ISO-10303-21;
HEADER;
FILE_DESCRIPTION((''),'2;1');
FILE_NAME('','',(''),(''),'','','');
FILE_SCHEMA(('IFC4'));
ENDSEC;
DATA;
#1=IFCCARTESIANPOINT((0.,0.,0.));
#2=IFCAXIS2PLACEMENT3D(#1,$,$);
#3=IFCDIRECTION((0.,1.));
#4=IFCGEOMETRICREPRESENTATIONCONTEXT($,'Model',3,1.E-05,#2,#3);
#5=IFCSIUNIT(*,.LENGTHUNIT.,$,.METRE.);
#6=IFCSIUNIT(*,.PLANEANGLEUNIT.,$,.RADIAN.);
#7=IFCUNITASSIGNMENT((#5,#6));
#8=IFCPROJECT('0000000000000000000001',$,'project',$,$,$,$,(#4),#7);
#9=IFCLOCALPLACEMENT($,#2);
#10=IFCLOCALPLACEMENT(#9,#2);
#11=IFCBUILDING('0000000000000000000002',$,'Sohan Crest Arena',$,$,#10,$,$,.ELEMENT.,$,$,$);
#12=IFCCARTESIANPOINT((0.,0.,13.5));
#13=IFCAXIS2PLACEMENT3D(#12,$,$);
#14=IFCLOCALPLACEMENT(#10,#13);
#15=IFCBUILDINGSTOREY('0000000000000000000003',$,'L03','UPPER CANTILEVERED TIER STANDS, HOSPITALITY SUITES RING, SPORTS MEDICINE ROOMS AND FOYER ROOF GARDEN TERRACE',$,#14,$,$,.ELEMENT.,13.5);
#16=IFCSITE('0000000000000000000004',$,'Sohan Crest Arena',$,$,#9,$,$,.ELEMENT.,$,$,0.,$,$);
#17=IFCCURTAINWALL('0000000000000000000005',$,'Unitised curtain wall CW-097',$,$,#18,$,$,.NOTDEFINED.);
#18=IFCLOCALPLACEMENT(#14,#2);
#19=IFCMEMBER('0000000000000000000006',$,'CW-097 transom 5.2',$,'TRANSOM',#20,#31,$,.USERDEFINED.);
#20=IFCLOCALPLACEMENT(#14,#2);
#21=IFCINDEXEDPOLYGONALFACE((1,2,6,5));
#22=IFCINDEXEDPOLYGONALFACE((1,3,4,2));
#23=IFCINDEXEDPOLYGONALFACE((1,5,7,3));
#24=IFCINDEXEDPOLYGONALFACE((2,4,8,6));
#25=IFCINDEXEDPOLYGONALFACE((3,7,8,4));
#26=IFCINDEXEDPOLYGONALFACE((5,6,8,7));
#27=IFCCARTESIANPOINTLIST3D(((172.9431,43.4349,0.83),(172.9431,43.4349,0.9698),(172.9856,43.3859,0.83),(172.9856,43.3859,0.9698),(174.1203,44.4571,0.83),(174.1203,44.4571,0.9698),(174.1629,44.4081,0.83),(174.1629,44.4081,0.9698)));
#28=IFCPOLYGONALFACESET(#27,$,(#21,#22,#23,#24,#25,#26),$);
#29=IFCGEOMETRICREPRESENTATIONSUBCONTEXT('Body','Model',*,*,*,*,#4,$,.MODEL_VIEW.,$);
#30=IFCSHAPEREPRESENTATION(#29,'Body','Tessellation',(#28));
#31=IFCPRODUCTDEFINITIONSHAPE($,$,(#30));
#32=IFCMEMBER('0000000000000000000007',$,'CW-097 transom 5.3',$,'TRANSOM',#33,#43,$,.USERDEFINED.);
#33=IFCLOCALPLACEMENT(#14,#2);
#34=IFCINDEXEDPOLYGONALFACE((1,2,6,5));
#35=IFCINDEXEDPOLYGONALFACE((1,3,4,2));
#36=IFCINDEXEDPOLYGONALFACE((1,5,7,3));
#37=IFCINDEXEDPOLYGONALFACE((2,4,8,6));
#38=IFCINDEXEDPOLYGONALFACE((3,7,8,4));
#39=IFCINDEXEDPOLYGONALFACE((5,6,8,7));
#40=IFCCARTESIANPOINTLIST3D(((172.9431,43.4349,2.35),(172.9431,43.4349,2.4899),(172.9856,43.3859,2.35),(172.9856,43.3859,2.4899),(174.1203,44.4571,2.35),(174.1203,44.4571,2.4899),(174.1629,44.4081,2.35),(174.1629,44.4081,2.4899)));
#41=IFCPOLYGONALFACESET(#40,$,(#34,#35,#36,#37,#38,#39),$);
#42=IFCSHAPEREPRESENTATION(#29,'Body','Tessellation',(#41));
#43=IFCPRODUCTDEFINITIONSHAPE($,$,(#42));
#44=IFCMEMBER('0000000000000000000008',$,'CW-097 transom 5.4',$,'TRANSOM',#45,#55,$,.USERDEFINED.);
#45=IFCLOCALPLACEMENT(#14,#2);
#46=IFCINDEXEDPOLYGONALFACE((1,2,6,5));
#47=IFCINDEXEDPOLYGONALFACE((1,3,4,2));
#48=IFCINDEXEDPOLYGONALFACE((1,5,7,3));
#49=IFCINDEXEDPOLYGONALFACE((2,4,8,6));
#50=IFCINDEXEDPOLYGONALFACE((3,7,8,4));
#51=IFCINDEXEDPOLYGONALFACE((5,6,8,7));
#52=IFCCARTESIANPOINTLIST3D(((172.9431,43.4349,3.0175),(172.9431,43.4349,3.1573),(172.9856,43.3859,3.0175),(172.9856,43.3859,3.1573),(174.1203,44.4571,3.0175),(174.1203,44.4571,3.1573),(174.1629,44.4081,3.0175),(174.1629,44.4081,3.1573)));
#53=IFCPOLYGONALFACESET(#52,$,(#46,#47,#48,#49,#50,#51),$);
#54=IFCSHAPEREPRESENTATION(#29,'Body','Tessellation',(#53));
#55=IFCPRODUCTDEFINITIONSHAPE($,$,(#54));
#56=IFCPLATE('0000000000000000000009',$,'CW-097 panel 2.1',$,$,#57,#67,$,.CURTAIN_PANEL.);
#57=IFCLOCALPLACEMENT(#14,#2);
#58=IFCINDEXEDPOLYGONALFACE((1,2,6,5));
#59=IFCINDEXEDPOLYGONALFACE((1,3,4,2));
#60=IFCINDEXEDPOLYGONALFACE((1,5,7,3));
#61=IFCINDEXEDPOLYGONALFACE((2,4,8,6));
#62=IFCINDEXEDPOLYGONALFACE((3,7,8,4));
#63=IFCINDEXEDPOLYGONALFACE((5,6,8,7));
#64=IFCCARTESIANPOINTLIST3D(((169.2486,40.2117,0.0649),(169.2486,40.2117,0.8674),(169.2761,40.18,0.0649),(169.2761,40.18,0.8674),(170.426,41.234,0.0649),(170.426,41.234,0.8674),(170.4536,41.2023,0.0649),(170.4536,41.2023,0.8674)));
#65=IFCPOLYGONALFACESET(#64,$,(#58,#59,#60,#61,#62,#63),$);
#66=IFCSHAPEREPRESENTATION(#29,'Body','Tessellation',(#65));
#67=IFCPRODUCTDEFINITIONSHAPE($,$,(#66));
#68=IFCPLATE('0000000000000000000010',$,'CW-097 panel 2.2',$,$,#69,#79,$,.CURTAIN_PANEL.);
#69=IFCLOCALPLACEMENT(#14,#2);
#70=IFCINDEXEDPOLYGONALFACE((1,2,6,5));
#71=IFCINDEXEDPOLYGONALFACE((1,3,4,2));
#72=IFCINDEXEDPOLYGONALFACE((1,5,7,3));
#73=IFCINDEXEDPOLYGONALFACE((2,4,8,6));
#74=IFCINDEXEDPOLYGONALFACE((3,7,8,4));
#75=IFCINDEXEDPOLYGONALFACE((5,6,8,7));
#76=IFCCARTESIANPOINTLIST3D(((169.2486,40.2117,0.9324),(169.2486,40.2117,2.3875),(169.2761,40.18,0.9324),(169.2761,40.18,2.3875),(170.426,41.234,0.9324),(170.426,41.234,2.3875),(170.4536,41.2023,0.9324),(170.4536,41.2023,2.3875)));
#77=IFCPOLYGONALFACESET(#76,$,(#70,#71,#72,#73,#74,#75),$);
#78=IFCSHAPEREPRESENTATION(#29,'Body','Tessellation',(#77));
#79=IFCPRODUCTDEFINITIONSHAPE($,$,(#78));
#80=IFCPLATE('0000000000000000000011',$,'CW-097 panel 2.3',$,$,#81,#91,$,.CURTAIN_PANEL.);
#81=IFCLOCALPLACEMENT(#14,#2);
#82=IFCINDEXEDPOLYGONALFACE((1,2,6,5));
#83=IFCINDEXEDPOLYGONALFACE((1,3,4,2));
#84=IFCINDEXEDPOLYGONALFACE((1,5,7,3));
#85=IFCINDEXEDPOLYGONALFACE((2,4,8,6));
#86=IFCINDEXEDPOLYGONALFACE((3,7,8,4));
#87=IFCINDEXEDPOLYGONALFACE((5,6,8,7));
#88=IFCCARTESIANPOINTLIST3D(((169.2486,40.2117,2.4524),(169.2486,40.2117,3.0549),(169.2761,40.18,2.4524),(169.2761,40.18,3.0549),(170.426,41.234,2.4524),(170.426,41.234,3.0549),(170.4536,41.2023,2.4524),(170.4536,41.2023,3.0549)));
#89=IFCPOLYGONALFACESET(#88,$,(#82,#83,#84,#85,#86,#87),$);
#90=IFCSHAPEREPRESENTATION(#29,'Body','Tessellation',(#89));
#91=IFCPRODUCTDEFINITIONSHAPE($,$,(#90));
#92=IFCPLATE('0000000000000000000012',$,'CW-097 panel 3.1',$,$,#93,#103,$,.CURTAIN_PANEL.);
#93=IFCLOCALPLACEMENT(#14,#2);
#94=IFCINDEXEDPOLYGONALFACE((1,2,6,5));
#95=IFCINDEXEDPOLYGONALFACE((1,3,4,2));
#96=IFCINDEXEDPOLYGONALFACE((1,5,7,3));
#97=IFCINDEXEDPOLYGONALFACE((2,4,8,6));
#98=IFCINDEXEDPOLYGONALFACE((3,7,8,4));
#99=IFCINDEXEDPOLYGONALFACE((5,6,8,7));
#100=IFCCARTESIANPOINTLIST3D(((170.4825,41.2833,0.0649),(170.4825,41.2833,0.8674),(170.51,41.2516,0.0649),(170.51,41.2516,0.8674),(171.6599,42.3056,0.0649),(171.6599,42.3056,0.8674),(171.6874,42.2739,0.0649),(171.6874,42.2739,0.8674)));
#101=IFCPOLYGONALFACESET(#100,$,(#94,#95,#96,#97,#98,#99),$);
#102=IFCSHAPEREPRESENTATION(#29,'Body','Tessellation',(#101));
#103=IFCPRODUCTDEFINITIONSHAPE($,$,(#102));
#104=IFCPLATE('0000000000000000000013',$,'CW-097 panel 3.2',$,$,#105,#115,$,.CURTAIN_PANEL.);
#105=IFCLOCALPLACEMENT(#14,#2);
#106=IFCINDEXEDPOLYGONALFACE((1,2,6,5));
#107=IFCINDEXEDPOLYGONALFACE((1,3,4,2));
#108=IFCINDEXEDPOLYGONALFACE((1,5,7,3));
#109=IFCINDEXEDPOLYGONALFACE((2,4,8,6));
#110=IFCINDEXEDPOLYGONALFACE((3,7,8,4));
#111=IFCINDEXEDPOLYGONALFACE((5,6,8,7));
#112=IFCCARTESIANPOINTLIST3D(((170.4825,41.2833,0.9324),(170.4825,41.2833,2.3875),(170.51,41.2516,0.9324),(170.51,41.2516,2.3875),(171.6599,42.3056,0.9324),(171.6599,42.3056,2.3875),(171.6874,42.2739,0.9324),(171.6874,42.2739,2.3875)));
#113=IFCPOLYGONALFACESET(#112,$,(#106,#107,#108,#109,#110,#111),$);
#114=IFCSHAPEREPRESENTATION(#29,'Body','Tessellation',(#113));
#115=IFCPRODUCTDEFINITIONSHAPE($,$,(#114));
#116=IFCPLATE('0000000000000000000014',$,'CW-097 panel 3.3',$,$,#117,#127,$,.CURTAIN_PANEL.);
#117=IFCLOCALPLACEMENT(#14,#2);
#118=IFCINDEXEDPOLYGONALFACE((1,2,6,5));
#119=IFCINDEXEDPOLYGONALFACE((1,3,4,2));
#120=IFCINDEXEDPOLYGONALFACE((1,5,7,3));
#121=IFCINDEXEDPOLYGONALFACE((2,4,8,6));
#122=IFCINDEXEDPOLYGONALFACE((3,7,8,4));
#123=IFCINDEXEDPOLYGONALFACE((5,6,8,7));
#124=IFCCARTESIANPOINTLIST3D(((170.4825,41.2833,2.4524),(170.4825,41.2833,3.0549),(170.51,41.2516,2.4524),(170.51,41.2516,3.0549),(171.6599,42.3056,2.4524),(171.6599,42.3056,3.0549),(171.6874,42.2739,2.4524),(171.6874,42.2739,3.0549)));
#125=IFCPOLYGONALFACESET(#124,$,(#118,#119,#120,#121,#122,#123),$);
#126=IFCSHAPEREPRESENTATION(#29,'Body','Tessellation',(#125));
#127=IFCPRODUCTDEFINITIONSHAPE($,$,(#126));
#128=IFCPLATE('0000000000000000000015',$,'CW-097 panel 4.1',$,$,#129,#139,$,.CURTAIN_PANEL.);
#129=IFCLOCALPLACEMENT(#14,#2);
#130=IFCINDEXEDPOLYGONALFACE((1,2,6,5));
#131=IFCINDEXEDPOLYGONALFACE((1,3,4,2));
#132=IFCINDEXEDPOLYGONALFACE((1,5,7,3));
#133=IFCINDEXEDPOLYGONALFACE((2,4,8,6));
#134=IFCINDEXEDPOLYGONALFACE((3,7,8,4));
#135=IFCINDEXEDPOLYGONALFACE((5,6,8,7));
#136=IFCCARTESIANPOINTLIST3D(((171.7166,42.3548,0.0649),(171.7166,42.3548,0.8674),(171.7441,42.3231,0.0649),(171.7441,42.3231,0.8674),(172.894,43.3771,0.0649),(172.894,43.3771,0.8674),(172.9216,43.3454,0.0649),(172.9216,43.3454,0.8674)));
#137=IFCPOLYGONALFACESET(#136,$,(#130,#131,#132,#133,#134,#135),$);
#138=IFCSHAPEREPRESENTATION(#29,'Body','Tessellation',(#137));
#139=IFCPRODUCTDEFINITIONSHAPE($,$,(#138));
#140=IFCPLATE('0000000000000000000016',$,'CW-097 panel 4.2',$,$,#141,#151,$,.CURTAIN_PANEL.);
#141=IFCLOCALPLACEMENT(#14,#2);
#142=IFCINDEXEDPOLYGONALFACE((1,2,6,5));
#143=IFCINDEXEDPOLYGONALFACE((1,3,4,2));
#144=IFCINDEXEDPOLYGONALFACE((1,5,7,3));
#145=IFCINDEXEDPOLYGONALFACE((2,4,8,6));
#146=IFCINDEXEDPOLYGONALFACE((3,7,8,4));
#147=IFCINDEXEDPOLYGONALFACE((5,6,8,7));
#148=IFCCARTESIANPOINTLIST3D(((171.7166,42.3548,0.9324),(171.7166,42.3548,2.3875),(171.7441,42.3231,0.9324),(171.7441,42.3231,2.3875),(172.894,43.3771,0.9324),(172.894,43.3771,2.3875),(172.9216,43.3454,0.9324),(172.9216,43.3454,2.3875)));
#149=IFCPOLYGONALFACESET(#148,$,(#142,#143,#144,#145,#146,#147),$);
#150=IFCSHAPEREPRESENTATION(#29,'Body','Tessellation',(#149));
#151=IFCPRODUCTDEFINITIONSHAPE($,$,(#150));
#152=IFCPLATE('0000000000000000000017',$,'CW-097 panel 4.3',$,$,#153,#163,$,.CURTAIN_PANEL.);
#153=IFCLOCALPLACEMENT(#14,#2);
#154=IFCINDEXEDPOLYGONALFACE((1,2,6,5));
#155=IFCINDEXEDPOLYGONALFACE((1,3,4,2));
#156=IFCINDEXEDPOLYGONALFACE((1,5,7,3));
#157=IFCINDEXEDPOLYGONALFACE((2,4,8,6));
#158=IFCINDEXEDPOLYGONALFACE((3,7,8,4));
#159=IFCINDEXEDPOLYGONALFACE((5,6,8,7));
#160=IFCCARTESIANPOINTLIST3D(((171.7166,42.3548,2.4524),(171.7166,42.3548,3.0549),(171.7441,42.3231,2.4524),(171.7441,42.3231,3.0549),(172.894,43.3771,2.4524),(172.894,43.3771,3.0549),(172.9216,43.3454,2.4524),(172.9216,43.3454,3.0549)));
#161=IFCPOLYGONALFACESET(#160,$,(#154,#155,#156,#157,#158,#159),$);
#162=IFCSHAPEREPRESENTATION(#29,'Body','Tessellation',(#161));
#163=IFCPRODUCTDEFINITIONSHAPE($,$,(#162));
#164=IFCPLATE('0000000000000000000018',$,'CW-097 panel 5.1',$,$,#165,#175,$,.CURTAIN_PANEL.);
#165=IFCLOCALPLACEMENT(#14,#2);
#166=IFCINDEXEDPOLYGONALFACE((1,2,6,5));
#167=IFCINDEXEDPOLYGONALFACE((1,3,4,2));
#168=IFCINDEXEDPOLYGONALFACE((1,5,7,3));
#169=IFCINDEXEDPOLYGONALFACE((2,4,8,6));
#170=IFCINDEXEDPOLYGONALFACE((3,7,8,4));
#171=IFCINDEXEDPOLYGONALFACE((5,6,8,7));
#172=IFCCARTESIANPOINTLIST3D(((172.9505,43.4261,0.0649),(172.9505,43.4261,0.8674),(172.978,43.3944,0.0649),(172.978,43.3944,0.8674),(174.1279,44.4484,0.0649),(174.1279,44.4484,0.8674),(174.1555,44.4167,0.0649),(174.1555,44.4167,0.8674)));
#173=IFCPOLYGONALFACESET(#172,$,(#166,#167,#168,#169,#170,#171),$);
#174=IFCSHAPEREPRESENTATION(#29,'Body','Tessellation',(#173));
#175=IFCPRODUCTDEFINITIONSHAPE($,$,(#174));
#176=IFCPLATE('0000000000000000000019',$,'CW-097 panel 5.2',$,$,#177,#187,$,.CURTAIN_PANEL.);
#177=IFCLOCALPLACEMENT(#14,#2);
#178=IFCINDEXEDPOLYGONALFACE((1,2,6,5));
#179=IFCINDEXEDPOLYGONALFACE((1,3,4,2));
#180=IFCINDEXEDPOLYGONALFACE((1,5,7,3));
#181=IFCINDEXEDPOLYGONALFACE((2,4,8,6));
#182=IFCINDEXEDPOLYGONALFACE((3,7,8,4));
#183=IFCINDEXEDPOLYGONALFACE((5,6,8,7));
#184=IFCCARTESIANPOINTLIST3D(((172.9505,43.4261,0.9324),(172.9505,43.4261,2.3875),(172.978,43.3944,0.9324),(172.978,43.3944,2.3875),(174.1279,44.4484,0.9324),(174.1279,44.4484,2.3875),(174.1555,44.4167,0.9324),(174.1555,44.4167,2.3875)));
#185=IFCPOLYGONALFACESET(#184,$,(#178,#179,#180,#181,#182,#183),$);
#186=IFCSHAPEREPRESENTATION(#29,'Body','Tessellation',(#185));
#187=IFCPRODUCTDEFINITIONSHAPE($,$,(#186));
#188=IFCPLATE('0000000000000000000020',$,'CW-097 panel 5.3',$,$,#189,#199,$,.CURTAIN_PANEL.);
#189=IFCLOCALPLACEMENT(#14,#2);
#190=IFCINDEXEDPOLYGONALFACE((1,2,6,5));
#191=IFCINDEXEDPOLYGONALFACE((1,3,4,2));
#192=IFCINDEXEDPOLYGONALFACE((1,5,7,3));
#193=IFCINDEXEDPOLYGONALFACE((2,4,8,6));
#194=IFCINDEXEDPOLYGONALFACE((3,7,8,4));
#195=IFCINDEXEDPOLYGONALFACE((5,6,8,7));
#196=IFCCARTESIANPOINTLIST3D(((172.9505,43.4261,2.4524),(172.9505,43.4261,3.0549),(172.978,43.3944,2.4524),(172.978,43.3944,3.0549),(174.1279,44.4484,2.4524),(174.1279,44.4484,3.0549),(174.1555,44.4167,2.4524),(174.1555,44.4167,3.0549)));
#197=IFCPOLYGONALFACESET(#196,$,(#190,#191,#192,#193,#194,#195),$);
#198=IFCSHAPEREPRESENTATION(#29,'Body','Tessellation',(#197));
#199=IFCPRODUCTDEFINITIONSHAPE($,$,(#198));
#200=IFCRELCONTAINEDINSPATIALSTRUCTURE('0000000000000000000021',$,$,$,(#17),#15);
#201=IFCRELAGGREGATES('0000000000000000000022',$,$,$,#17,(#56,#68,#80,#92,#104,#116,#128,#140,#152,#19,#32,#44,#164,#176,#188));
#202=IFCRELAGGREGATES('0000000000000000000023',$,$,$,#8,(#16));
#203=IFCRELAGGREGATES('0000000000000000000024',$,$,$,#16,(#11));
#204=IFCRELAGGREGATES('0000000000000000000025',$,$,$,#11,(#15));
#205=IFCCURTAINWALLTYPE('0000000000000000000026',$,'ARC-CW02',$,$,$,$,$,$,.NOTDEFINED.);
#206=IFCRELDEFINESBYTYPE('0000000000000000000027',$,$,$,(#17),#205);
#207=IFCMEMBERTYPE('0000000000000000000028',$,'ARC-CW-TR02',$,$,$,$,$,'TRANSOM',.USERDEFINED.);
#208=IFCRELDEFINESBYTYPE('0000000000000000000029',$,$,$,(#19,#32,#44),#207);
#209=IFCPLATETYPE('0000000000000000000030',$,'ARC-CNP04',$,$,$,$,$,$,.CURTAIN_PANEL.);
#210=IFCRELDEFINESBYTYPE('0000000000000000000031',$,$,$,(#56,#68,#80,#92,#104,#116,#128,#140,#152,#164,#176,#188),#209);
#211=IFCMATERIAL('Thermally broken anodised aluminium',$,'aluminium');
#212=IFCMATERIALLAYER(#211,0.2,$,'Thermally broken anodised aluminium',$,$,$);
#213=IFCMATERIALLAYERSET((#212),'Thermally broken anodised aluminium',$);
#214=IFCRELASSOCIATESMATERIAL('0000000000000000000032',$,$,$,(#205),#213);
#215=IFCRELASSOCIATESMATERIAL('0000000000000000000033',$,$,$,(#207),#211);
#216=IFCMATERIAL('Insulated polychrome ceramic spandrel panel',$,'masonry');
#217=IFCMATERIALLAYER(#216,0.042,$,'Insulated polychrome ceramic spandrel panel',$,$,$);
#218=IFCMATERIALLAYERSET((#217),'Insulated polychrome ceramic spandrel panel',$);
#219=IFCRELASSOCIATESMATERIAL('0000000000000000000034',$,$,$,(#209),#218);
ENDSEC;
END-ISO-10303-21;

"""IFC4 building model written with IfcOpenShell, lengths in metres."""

from ifc_helpers import new_model, si_unit, direction, frame, origin, origin_2d, place, context, subcontext, project, spatial, rectangle, extrude, material, layer, layer_set, material_profile, profile_set, type_object, element, aggregate, save


model = new_model("IFC4")

# Units and contexts
model_context = context("Model", 3, precision=1e-05, world=origin(), true_north=direction((0.0, 1.0)))
body_context = subcontext(model_context, "Body", "Model", "MODEL_VIEW")
ifc_project = project(units=[si_unit("LENGTHUNIT", "METRE"), si_unit("PLANEANGLEUNIT", "RADIAN")], contexts=[model_context])

# Site, building, storey
site_placement = place(None, origin())
site = spatial("IfcSite", under=ifc_project, at=site_placement, Name="Sohan Crest Arena", CompositionType="ELEMENT", RefElevation=0.0)
building_placement = place(site_placement, origin())
building = spatial("IfcBuilding", under=site, at=building_placement, Name="Sohan Crest Arena", CompositionType="ELEMENT")
storey_placement = place(building_placement, frame((0.0, 0.0, 13.5)))
storey = spatial("IfcBuildingStorey", under=building, at=storey_placement, Name="L03", Description="UPPER CANTILEVERED TIER STANDS, HOSPITALITY SUITES RING, SPORTS MEDICINE ROOMS AND FOYER ROOF GARDEN TERRACE", CompositionType="ELEMENT", Elevation=13.5)

# Curtain wall, members, plates
ifc_material_1 = material(Name="Thermally broken anodised aluminium", Category="aluminium")
ifc_layer_1 = layer(ifc_material_1, 0.2, Name="Thermally broken anodised aluminium")
ifc_layer_set_1 = layer_set([ifc_layer_1], Name="Thermally broken anodised aluminium")
curtain_wall_type = type_object("IfcCurtainWallType", Name="ARC-CW02", PredefinedType="NOTDEFINED", material=ifc_layer_set_1)
curtain_wall_placement = place(storey_placement, origin())
curtain_wall = element("IfcCurtainWall", 1, at=curtain_wall_placement, inside=storey, type_object=curtain_wall_type, Name="Unitised curtain wall CW-097", PredefinedType="NOTDEFINED")
ifc_material_profile_1 = material_profile(ifc_material_1, rectangle(XDim=0.0649, YDim=0.1399, at=origin_2d()), Name="ALU-TRAN 65x140")
ifc_profile_set_1 = profile_set([ifc_material_profile_1], Name="Thermally broken anodised aluminium")
member_type_1 = type_object("IfcMemberType", Name="ARC-CW-TR02", ElementType="TRANSOM", PredefinedType="USERDEFINED", material=ifc_profile_set_1)
member_1_placement = place(storey_placement, frame((172.9644, 43.4104, 0.8999), z_axis=(0.755074, 0.65564, 0.0), x_axis=(-0.65564, 0.755074, 0.0)))
member_1 = element("IfcMember", 2, at=member_1_placement, type_object=member_type_1, Name="CW-097 transom 5.2", ObjectType="TRANSOM", PredefinedType="USERDEFINED", context=body_context, shape_type="SweptSolid", body=[
    extrude(rectangle(XDim=0.0649, YDim=0.1399, at=origin_2d()), origin(), (0.0, 0.0, 1.0), 1.5591),
])
member_2_placement = place(storey_placement, frame((172.9644, 43.4104, 2.4199), z_axis=(0.755074, 0.65564, 0.0), x_axis=(-0.65564, 0.755074, 0.0)))
member_2 = element("IfcMember", 3, at=member_2_placement, type_object=member_type_1, Name="CW-097 transom 5.3", ObjectType="TRANSOM", PredefinedType="USERDEFINED", context=body_context, shape_type="SweptSolid", body=[
    extrude(rectangle(XDim=0.0649, YDim=0.1399, at=origin_2d()), origin(), (0.0, 0.0, 1.0), 1.5591),
])
member_3_placement = place(storey_placement, frame((172.9644, 43.4104, 3.0874), z_axis=(0.755074, 0.65564, 0.0), x_axis=(-0.65564, 0.755074, 0.0)))
member_3 = element("IfcMember", 4, at=member_3_placement, type_object=member_type_1, Name="CW-097 transom 5.4", ObjectType="TRANSOM", PredefinedType="USERDEFINED", context=body_context, shape_type="SweptSolid", body=[
    extrude(rectangle(XDim=0.0649, YDim=0.1399, at=origin_2d()), origin(), (0.0, 0.0, 1.0), 1.5591),
])
ifc_material_2 = material(Name="Insulated polychrome ceramic spandrel panel", Category="masonry")
ifc_layer_2 = layer(ifc_material_2, 0.042, Name="Insulated polychrome ceramic spandrel panel")
ifc_layer_set_2 = layer_set([ifc_layer_2], Name="Insulated polychrome ceramic spandrel panel")
plate_type = type_object("IfcPlateType", Name="ARC-CNP04", PredefinedType="CURTAIN_PANEL", material=ifc_layer_set_2)
plate_1_placement = place(storey_placement, frame((169.8511, 40.707, 0.0649), z_axis=(0.0, 0.0, 1.0), x_axis=(0.755095, 0.655616, 0.0)))
plate_1 = element("IfcPlate", 5, at=plate_1_placement, type_object=plate_type, Name="CW-097 panel 2.1", PredefinedType="CURTAIN_PANEL", context=body_context, shape_type="SweptSolid", body=[
    extrude(rectangle(XDim=1.5593, YDim=0.042, at=origin_2d()), origin(), (0.0, 0.0, 1.0), 0.8025),
])
plate_2_placement = place(storey_placement, frame((169.8511, 40.707, 0.9324), z_axis=(0.0, 0.0, 1.0), x_axis=(0.755095, 0.655616, 0.0)))
plate_2 = element("IfcPlate", 6, at=plate_2_placement, type_object=plate_type, Name="CW-097 panel 2.2", PredefinedType="CURTAIN_PANEL", context=body_context, shape_type="SweptSolid", body=[
    extrude(rectangle(XDim=1.5593, YDim=0.042, at=origin_2d()), origin(), (0.0, 0.0, 1.0), 1.4551),
])
plate_3_placement = place(storey_placement, frame((169.8511, 40.707, 2.4524), z_axis=(0.0, 0.0, 1.0), x_axis=(0.755095, 0.655616, 0.0)))
plate_3 = element("IfcPlate", 7, at=plate_3_placement, type_object=plate_type, Name="CW-097 panel 2.3", PredefinedType="CURTAIN_PANEL", context=body_context, shape_type="SweptSolid", body=[
    extrude(rectangle(XDim=1.5593, YDim=0.042, at=origin_2d()), origin(), (0.0, 0.0, 1.0), 0.6025),
])
plate_4_placement = place(storey_placement, frame((171.085, 41.7786, 0.0649), z_axis=(0.0, 0.0, 1.0), x_axis=(0.755095, 0.655616, 0.0)))
plate_4 = element("IfcPlate", 8, at=plate_4_placement, type_object=plate_type, Name="CW-097 panel 3.1", PredefinedType="CURTAIN_PANEL", context=body_context, shape_type="SweptSolid", body=[
    extrude(rectangle(XDim=1.5593, YDim=0.042, at=origin_2d()), origin(), (0.0, 0.0, 1.0), 0.8025),
])
plate_5_placement = place(storey_placement, frame((171.085, 41.7786, 0.9324), z_axis=(0.0, 0.0, 1.0), x_axis=(0.755095, 0.655616, 0.0)))
plate_5 = element("IfcPlate", 9, at=plate_5_placement, type_object=plate_type, Name="CW-097 panel 3.2", PredefinedType="CURTAIN_PANEL", context=body_context, shape_type="SweptSolid", body=[
    extrude(rectangle(XDim=1.5593, YDim=0.042, at=origin_2d()), origin(), (0.0, 0.0, 1.0), 1.4551),
])
plate_6_placement = place(storey_placement, frame((171.085, 41.7786, 2.4524), z_axis=(0.0, 0.0, 1.0), x_axis=(0.755095, 0.655616, 0.0)))
plate_6 = element("IfcPlate", 10, at=plate_6_placement, type_object=plate_type, Name="CW-097 panel 3.3", PredefinedType="CURTAIN_PANEL", context=body_context, shape_type="SweptSolid", body=[
    extrude(rectangle(XDim=1.5593, YDim=0.042, at=origin_2d()), origin(), (0.0, 0.0, 1.0), 0.6025),
])
plate_7_placement = place(storey_placement, frame((172.3191, 42.8501, 0.0649), z_axis=(0.0, 0.0, 1.0), x_axis=(0.755095, 0.655616, 0.0)))
plate_7 = element("IfcPlate", 11, at=plate_7_placement, type_object=plate_type, Name="CW-097 panel 4.1", PredefinedType="CURTAIN_PANEL", context=body_context, shape_type="SweptSolid", body=[
    extrude(rectangle(XDim=1.5593, YDim=0.042, at=origin_2d()), origin(), (0.0, 0.0, 1.0), 0.8025),
])
plate_8_placement = place(storey_placement, frame((172.3191, 42.8501, 0.9324), z_axis=(0.0, 0.0, 1.0), x_axis=(0.755095, 0.655616, 0.0)))
plate_8 = element("IfcPlate", 12, at=plate_8_placement, type_object=plate_type, Name="CW-097 panel 4.2", PredefinedType="CURTAIN_PANEL", context=body_context, shape_type="SweptSolid", body=[
    extrude(rectangle(XDim=1.5593, YDim=0.042, at=origin_2d()), origin(), (0.0, 0.0, 1.0), 1.4551),
])
plate_9_placement = place(storey_placement, frame((172.3191, 42.8501, 2.4524), z_axis=(0.0, 0.0, 1.0), x_axis=(0.755095, 0.655616, 0.0)))
plate_9 = element("IfcPlate", 13, at=plate_9_placement, type_object=plate_type, Name="CW-097 panel 4.3", PredefinedType="CURTAIN_PANEL", context=body_context, shape_type="SweptSolid", body=[
    extrude(rectangle(XDim=1.5593, YDim=0.042, at=origin_2d()), origin(), (0.0, 0.0, 1.0), 0.6025),
])
plate_10_placement = place(storey_placement, frame((173.553, 43.9214, 0.0649), z_axis=(0.0, 0.0, 1.0), x_axis=(0.755095, 0.655616, 0.0)))
plate_10 = element("IfcPlate", 14, at=plate_10_placement, type_object=plate_type, Name="CW-097 panel 5.1", PredefinedType="CURTAIN_PANEL", context=body_context, shape_type="SweptSolid", body=[
    extrude(rectangle(XDim=1.5593, YDim=0.042, at=origin_2d()), origin(), (0.0, 0.0, 1.0), 0.8025),
])
plate_11_placement = place(storey_placement, frame((173.553, 43.9214, 0.9324), z_axis=(0.0, 0.0, 1.0), x_axis=(0.755095, 0.655616, 0.0)))
plate_11 = element("IfcPlate", 15, at=plate_11_placement, type_object=plate_type, Name="CW-097 panel 5.2", PredefinedType="CURTAIN_PANEL", context=body_context, shape_type="SweptSolid", body=[
    extrude(rectangle(XDim=1.5593, YDim=0.042, at=origin_2d()), origin(), (0.0, 0.0, 1.0), 1.4551),
])
plate_12_placement = place(storey_placement, frame((173.553, 43.9214, 2.4524), z_axis=(0.0, 0.0, 1.0), x_axis=(0.755095, 0.655616, 0.0)))
plate_12 = element("IfcPlate", 16, at=plate_12_placement, type_object=plate_type, Name="CW-097 panel 5.3", PredefinedType="CURTAIN_PANEL", context=body_context, shape_type="SweptSolid", body=[
    extrude(rectangle(XDim=1.5593, YDim=0.042, at=origin_2d()), origin(), (0.0, 0.0, 1.0), 0.6025),
])
aggregate(curtain_wall, [plate_1, plate_2, plate_3, plate_4, plate_5, plate_6, plate_7, plate_8, plate_9, member_1, member_2, member_3, plate_10, plate_11, plate_12])

save(model, "model.ifc")
